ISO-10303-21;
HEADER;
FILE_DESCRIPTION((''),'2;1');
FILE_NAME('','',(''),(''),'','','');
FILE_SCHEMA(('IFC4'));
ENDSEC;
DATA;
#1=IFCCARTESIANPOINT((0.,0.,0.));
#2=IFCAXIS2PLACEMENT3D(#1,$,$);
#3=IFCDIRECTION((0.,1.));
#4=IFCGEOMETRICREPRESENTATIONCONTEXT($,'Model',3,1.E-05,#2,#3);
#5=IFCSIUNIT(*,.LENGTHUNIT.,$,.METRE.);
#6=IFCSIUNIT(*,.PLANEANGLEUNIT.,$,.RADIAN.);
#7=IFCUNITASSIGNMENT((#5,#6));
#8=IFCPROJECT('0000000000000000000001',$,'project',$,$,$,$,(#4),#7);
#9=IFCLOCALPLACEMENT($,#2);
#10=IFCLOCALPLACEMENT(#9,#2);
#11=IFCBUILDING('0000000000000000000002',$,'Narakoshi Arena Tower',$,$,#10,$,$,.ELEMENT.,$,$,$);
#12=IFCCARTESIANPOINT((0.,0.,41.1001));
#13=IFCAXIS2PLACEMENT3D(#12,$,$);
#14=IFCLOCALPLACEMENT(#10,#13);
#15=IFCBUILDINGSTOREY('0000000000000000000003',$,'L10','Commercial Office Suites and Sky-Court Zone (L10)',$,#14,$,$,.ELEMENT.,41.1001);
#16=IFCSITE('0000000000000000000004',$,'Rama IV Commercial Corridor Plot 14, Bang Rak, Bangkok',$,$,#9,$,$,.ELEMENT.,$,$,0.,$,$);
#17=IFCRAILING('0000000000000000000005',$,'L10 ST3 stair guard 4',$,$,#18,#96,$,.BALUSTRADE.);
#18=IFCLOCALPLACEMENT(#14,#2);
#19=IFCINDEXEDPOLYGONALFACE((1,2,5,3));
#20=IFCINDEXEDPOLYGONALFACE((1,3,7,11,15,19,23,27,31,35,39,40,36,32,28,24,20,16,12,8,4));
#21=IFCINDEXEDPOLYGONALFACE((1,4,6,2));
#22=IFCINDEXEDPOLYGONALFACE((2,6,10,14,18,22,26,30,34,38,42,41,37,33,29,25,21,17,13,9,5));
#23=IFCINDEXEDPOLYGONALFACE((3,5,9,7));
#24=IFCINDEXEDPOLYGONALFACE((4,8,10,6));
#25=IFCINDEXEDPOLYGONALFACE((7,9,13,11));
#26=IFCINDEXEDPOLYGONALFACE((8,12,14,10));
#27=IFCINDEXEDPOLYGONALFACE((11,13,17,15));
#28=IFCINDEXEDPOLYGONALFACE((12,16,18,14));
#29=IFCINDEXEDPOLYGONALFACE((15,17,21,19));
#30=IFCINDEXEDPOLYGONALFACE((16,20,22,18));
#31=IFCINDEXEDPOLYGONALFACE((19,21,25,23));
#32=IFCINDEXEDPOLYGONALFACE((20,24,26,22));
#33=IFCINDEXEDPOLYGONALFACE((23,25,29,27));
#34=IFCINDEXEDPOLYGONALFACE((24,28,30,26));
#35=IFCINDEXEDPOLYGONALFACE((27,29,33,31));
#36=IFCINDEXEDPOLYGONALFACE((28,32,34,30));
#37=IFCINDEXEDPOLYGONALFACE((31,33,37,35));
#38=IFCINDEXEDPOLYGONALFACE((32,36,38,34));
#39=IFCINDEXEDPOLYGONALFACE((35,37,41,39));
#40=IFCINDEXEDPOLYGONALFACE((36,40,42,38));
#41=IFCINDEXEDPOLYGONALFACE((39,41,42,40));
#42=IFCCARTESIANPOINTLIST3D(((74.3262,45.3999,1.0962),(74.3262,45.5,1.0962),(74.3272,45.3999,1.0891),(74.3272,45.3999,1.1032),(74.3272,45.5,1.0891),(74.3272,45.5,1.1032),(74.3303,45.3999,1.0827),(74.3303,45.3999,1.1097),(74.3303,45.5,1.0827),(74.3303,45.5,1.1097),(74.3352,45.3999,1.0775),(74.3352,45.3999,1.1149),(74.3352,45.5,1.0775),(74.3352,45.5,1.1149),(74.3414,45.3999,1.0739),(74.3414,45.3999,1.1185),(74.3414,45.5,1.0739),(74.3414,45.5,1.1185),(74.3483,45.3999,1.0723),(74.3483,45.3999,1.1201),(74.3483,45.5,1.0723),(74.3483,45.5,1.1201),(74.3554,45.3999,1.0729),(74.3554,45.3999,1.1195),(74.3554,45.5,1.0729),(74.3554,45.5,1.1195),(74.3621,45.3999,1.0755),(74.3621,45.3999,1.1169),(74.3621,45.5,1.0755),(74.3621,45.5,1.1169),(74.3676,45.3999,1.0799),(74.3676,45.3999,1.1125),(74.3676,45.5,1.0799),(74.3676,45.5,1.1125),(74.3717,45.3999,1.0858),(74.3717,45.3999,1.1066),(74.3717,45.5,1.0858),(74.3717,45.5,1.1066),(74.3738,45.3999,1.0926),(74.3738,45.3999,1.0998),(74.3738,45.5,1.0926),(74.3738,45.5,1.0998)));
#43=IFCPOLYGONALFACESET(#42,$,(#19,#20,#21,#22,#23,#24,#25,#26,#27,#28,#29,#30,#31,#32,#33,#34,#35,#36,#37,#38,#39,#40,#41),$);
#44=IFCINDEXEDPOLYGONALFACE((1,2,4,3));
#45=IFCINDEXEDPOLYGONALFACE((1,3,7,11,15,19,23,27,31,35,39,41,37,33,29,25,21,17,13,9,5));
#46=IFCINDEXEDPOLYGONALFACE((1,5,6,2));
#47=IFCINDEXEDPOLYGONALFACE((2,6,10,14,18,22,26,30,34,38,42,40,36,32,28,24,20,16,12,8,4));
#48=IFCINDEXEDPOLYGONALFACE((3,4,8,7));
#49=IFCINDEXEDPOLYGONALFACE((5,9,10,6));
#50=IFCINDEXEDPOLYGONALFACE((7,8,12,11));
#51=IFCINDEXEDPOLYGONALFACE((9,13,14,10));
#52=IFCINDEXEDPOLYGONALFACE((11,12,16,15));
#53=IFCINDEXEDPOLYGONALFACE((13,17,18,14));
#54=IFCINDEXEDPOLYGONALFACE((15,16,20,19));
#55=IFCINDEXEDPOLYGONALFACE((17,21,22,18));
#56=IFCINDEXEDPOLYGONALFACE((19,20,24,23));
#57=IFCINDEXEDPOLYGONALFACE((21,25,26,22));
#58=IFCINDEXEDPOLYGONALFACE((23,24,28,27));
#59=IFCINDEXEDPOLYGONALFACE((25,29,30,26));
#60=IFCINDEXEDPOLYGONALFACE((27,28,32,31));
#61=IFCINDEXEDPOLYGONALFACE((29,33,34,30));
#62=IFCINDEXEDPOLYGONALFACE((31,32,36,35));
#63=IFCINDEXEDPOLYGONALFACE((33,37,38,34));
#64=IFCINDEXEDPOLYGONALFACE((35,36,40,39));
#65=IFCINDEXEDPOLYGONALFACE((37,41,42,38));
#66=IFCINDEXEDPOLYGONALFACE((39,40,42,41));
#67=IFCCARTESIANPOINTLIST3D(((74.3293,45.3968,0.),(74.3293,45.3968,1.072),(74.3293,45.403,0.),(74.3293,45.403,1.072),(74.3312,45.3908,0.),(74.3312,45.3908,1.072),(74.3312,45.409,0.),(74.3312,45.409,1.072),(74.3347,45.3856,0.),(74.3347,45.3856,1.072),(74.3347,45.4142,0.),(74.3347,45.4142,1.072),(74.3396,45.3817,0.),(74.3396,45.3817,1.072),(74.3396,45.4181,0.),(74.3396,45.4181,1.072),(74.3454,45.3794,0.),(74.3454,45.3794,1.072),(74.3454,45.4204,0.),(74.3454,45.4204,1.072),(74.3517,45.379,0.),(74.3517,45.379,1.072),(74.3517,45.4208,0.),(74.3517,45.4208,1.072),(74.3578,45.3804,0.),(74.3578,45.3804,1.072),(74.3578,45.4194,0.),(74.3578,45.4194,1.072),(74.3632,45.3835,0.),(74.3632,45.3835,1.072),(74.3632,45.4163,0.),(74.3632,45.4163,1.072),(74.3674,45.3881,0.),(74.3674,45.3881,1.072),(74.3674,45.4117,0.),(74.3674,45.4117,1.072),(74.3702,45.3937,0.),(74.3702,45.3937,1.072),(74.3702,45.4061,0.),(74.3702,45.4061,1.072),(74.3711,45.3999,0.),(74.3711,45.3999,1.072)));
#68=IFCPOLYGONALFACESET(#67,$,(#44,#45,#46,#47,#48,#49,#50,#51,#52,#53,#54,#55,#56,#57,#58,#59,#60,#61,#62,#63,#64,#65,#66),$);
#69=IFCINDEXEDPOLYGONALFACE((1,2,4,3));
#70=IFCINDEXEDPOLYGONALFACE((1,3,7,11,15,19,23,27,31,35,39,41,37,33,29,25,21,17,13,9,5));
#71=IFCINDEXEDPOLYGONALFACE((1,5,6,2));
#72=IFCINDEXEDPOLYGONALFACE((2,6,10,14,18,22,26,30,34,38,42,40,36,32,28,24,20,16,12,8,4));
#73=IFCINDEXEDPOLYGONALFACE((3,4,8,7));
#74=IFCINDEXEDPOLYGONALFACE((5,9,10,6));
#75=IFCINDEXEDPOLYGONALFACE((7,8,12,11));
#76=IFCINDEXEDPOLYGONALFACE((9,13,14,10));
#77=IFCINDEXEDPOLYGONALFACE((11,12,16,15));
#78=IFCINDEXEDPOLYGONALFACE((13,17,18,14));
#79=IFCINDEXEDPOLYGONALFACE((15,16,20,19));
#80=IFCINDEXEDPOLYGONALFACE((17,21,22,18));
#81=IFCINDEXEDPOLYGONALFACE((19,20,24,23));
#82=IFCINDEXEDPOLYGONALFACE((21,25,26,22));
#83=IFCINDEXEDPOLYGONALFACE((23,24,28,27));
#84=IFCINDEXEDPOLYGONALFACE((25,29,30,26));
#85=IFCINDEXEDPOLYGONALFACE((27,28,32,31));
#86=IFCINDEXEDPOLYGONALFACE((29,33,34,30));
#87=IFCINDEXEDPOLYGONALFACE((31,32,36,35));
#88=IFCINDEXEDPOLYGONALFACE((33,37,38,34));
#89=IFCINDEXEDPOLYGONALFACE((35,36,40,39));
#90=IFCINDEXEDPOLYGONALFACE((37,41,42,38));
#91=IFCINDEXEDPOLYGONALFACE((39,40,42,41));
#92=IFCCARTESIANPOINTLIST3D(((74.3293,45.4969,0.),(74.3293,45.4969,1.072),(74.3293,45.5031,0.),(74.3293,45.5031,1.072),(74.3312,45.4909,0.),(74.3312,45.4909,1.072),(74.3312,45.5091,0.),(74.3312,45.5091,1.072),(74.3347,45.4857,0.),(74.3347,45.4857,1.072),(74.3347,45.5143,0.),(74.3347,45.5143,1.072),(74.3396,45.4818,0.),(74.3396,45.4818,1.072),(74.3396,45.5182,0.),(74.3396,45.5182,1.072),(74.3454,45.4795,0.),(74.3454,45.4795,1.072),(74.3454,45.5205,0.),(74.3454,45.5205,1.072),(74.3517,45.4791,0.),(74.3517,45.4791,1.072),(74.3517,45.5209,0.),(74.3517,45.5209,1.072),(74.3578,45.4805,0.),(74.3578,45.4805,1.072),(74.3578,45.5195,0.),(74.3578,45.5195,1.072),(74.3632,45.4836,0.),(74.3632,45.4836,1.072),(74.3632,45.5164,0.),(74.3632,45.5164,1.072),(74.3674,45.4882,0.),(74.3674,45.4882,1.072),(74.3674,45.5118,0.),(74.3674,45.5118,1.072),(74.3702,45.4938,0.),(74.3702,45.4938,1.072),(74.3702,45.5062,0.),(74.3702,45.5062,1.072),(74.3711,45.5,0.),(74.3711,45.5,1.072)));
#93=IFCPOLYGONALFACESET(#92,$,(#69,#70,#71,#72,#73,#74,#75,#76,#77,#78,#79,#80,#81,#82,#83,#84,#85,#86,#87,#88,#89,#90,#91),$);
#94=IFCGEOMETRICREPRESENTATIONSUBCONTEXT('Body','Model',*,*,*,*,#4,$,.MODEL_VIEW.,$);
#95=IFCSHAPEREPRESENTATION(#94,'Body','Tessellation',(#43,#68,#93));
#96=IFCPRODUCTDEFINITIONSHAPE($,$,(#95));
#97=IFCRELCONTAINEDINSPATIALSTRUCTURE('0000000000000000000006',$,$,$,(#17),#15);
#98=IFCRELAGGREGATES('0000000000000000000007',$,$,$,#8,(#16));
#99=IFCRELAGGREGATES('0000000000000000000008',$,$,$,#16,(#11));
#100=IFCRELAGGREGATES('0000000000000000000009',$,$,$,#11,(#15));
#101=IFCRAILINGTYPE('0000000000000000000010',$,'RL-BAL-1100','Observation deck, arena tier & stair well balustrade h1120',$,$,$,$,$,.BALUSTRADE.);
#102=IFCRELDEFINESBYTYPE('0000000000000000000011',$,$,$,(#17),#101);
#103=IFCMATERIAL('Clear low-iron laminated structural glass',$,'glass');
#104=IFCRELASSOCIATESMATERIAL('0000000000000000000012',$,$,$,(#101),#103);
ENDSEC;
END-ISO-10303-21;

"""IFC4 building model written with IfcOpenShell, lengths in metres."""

from ifc_helpers import new_model, si_unit, direction, frame, origin, origin_2d, place, context, subcontext, project, spatial, circle, extrude, material, type_object, element, save


model = new_model("IFC4")

# Units and contexts
model_context = context("Model", 3, precision=1e-05, world=origin(), true_north=direction((0.0, 1.0)))
body_context = subcontext(model_context, "Body", "Model", "MODEL_VIEW")
ifc_project = project(units=[si_unit("LENGTHUNIT", "METRE"), si_unit("PLANEANGLEUNIT", "RADIAN")], contexts=[model_context])

# Site, building, storey
site_placement = place(None, origin())
site = spatial("IfcSite", under=ifc_project, at=site_placement, Name="Rama IV Commercial Corridor Plot 14, Bang Rak, Bangkok", CompositionType="ELEMENT", RefElevation=0.0)
building_placement = place(site_placement, origin())
building = spatial("IfcBuilding", under=site, at=building_placement, Name="Narakoshi Arena Tower", CompositionType="ELEMENT")
storey_placement = place(building_placement, frame((0.0, 0.0, 41.1001)))
storey = spatial("IfcBuildingStorey", under=building, at=storey_placement, Name="L10", Description="Commercial Office Suites and Sky-Court Zone (L10)", CompositionType="ELEMENT", Elevation=41.1001)

# Railing
ifc_material_1 = material(Name="Clear low-iron laminated structural glass", Category="glass")
railing_type_1 = type_object("IfcRailingType", Name="RL-BAL-1100", Description="Observation deck, arena tier & stair well balustrade h1120", PredefinedType="BALUSTRADE", material=ifc_material_1)
railing_1_placement = place(storey_placement, frame((74.3501, 45.3999, 0.0)))
element("IfcRailing", 1, at=railing_1_placement, inside=storey, type_object=railing_type_1, Name="L10 ST3 stair guard 4", PredefinedType="BALUSTRADE", context=body_context, shape_type="SweptSolid", body=[
    extrude(circle(Radius=0.0239, at=origin_2d()), frame((0.0, 0.0, 1.0962), z_axis=(0.0, 1.0, 0.0), x_axis=(-1.0, 0.0, 0.0)), (0.0, 0.0, 1.0), 0.1001),
    extrude(circle(Radius=0.021, at=origin_2d()), origin(), (0.0, 0.0, 1.0), 1.072),
    extrude(circle(Radius=0.021, at=origin_2d()), frame((0.0, 0.1001, 0.0)), (0.0, 0.0, 1.0), 1.072),
])

save(model, "model.ifc")
